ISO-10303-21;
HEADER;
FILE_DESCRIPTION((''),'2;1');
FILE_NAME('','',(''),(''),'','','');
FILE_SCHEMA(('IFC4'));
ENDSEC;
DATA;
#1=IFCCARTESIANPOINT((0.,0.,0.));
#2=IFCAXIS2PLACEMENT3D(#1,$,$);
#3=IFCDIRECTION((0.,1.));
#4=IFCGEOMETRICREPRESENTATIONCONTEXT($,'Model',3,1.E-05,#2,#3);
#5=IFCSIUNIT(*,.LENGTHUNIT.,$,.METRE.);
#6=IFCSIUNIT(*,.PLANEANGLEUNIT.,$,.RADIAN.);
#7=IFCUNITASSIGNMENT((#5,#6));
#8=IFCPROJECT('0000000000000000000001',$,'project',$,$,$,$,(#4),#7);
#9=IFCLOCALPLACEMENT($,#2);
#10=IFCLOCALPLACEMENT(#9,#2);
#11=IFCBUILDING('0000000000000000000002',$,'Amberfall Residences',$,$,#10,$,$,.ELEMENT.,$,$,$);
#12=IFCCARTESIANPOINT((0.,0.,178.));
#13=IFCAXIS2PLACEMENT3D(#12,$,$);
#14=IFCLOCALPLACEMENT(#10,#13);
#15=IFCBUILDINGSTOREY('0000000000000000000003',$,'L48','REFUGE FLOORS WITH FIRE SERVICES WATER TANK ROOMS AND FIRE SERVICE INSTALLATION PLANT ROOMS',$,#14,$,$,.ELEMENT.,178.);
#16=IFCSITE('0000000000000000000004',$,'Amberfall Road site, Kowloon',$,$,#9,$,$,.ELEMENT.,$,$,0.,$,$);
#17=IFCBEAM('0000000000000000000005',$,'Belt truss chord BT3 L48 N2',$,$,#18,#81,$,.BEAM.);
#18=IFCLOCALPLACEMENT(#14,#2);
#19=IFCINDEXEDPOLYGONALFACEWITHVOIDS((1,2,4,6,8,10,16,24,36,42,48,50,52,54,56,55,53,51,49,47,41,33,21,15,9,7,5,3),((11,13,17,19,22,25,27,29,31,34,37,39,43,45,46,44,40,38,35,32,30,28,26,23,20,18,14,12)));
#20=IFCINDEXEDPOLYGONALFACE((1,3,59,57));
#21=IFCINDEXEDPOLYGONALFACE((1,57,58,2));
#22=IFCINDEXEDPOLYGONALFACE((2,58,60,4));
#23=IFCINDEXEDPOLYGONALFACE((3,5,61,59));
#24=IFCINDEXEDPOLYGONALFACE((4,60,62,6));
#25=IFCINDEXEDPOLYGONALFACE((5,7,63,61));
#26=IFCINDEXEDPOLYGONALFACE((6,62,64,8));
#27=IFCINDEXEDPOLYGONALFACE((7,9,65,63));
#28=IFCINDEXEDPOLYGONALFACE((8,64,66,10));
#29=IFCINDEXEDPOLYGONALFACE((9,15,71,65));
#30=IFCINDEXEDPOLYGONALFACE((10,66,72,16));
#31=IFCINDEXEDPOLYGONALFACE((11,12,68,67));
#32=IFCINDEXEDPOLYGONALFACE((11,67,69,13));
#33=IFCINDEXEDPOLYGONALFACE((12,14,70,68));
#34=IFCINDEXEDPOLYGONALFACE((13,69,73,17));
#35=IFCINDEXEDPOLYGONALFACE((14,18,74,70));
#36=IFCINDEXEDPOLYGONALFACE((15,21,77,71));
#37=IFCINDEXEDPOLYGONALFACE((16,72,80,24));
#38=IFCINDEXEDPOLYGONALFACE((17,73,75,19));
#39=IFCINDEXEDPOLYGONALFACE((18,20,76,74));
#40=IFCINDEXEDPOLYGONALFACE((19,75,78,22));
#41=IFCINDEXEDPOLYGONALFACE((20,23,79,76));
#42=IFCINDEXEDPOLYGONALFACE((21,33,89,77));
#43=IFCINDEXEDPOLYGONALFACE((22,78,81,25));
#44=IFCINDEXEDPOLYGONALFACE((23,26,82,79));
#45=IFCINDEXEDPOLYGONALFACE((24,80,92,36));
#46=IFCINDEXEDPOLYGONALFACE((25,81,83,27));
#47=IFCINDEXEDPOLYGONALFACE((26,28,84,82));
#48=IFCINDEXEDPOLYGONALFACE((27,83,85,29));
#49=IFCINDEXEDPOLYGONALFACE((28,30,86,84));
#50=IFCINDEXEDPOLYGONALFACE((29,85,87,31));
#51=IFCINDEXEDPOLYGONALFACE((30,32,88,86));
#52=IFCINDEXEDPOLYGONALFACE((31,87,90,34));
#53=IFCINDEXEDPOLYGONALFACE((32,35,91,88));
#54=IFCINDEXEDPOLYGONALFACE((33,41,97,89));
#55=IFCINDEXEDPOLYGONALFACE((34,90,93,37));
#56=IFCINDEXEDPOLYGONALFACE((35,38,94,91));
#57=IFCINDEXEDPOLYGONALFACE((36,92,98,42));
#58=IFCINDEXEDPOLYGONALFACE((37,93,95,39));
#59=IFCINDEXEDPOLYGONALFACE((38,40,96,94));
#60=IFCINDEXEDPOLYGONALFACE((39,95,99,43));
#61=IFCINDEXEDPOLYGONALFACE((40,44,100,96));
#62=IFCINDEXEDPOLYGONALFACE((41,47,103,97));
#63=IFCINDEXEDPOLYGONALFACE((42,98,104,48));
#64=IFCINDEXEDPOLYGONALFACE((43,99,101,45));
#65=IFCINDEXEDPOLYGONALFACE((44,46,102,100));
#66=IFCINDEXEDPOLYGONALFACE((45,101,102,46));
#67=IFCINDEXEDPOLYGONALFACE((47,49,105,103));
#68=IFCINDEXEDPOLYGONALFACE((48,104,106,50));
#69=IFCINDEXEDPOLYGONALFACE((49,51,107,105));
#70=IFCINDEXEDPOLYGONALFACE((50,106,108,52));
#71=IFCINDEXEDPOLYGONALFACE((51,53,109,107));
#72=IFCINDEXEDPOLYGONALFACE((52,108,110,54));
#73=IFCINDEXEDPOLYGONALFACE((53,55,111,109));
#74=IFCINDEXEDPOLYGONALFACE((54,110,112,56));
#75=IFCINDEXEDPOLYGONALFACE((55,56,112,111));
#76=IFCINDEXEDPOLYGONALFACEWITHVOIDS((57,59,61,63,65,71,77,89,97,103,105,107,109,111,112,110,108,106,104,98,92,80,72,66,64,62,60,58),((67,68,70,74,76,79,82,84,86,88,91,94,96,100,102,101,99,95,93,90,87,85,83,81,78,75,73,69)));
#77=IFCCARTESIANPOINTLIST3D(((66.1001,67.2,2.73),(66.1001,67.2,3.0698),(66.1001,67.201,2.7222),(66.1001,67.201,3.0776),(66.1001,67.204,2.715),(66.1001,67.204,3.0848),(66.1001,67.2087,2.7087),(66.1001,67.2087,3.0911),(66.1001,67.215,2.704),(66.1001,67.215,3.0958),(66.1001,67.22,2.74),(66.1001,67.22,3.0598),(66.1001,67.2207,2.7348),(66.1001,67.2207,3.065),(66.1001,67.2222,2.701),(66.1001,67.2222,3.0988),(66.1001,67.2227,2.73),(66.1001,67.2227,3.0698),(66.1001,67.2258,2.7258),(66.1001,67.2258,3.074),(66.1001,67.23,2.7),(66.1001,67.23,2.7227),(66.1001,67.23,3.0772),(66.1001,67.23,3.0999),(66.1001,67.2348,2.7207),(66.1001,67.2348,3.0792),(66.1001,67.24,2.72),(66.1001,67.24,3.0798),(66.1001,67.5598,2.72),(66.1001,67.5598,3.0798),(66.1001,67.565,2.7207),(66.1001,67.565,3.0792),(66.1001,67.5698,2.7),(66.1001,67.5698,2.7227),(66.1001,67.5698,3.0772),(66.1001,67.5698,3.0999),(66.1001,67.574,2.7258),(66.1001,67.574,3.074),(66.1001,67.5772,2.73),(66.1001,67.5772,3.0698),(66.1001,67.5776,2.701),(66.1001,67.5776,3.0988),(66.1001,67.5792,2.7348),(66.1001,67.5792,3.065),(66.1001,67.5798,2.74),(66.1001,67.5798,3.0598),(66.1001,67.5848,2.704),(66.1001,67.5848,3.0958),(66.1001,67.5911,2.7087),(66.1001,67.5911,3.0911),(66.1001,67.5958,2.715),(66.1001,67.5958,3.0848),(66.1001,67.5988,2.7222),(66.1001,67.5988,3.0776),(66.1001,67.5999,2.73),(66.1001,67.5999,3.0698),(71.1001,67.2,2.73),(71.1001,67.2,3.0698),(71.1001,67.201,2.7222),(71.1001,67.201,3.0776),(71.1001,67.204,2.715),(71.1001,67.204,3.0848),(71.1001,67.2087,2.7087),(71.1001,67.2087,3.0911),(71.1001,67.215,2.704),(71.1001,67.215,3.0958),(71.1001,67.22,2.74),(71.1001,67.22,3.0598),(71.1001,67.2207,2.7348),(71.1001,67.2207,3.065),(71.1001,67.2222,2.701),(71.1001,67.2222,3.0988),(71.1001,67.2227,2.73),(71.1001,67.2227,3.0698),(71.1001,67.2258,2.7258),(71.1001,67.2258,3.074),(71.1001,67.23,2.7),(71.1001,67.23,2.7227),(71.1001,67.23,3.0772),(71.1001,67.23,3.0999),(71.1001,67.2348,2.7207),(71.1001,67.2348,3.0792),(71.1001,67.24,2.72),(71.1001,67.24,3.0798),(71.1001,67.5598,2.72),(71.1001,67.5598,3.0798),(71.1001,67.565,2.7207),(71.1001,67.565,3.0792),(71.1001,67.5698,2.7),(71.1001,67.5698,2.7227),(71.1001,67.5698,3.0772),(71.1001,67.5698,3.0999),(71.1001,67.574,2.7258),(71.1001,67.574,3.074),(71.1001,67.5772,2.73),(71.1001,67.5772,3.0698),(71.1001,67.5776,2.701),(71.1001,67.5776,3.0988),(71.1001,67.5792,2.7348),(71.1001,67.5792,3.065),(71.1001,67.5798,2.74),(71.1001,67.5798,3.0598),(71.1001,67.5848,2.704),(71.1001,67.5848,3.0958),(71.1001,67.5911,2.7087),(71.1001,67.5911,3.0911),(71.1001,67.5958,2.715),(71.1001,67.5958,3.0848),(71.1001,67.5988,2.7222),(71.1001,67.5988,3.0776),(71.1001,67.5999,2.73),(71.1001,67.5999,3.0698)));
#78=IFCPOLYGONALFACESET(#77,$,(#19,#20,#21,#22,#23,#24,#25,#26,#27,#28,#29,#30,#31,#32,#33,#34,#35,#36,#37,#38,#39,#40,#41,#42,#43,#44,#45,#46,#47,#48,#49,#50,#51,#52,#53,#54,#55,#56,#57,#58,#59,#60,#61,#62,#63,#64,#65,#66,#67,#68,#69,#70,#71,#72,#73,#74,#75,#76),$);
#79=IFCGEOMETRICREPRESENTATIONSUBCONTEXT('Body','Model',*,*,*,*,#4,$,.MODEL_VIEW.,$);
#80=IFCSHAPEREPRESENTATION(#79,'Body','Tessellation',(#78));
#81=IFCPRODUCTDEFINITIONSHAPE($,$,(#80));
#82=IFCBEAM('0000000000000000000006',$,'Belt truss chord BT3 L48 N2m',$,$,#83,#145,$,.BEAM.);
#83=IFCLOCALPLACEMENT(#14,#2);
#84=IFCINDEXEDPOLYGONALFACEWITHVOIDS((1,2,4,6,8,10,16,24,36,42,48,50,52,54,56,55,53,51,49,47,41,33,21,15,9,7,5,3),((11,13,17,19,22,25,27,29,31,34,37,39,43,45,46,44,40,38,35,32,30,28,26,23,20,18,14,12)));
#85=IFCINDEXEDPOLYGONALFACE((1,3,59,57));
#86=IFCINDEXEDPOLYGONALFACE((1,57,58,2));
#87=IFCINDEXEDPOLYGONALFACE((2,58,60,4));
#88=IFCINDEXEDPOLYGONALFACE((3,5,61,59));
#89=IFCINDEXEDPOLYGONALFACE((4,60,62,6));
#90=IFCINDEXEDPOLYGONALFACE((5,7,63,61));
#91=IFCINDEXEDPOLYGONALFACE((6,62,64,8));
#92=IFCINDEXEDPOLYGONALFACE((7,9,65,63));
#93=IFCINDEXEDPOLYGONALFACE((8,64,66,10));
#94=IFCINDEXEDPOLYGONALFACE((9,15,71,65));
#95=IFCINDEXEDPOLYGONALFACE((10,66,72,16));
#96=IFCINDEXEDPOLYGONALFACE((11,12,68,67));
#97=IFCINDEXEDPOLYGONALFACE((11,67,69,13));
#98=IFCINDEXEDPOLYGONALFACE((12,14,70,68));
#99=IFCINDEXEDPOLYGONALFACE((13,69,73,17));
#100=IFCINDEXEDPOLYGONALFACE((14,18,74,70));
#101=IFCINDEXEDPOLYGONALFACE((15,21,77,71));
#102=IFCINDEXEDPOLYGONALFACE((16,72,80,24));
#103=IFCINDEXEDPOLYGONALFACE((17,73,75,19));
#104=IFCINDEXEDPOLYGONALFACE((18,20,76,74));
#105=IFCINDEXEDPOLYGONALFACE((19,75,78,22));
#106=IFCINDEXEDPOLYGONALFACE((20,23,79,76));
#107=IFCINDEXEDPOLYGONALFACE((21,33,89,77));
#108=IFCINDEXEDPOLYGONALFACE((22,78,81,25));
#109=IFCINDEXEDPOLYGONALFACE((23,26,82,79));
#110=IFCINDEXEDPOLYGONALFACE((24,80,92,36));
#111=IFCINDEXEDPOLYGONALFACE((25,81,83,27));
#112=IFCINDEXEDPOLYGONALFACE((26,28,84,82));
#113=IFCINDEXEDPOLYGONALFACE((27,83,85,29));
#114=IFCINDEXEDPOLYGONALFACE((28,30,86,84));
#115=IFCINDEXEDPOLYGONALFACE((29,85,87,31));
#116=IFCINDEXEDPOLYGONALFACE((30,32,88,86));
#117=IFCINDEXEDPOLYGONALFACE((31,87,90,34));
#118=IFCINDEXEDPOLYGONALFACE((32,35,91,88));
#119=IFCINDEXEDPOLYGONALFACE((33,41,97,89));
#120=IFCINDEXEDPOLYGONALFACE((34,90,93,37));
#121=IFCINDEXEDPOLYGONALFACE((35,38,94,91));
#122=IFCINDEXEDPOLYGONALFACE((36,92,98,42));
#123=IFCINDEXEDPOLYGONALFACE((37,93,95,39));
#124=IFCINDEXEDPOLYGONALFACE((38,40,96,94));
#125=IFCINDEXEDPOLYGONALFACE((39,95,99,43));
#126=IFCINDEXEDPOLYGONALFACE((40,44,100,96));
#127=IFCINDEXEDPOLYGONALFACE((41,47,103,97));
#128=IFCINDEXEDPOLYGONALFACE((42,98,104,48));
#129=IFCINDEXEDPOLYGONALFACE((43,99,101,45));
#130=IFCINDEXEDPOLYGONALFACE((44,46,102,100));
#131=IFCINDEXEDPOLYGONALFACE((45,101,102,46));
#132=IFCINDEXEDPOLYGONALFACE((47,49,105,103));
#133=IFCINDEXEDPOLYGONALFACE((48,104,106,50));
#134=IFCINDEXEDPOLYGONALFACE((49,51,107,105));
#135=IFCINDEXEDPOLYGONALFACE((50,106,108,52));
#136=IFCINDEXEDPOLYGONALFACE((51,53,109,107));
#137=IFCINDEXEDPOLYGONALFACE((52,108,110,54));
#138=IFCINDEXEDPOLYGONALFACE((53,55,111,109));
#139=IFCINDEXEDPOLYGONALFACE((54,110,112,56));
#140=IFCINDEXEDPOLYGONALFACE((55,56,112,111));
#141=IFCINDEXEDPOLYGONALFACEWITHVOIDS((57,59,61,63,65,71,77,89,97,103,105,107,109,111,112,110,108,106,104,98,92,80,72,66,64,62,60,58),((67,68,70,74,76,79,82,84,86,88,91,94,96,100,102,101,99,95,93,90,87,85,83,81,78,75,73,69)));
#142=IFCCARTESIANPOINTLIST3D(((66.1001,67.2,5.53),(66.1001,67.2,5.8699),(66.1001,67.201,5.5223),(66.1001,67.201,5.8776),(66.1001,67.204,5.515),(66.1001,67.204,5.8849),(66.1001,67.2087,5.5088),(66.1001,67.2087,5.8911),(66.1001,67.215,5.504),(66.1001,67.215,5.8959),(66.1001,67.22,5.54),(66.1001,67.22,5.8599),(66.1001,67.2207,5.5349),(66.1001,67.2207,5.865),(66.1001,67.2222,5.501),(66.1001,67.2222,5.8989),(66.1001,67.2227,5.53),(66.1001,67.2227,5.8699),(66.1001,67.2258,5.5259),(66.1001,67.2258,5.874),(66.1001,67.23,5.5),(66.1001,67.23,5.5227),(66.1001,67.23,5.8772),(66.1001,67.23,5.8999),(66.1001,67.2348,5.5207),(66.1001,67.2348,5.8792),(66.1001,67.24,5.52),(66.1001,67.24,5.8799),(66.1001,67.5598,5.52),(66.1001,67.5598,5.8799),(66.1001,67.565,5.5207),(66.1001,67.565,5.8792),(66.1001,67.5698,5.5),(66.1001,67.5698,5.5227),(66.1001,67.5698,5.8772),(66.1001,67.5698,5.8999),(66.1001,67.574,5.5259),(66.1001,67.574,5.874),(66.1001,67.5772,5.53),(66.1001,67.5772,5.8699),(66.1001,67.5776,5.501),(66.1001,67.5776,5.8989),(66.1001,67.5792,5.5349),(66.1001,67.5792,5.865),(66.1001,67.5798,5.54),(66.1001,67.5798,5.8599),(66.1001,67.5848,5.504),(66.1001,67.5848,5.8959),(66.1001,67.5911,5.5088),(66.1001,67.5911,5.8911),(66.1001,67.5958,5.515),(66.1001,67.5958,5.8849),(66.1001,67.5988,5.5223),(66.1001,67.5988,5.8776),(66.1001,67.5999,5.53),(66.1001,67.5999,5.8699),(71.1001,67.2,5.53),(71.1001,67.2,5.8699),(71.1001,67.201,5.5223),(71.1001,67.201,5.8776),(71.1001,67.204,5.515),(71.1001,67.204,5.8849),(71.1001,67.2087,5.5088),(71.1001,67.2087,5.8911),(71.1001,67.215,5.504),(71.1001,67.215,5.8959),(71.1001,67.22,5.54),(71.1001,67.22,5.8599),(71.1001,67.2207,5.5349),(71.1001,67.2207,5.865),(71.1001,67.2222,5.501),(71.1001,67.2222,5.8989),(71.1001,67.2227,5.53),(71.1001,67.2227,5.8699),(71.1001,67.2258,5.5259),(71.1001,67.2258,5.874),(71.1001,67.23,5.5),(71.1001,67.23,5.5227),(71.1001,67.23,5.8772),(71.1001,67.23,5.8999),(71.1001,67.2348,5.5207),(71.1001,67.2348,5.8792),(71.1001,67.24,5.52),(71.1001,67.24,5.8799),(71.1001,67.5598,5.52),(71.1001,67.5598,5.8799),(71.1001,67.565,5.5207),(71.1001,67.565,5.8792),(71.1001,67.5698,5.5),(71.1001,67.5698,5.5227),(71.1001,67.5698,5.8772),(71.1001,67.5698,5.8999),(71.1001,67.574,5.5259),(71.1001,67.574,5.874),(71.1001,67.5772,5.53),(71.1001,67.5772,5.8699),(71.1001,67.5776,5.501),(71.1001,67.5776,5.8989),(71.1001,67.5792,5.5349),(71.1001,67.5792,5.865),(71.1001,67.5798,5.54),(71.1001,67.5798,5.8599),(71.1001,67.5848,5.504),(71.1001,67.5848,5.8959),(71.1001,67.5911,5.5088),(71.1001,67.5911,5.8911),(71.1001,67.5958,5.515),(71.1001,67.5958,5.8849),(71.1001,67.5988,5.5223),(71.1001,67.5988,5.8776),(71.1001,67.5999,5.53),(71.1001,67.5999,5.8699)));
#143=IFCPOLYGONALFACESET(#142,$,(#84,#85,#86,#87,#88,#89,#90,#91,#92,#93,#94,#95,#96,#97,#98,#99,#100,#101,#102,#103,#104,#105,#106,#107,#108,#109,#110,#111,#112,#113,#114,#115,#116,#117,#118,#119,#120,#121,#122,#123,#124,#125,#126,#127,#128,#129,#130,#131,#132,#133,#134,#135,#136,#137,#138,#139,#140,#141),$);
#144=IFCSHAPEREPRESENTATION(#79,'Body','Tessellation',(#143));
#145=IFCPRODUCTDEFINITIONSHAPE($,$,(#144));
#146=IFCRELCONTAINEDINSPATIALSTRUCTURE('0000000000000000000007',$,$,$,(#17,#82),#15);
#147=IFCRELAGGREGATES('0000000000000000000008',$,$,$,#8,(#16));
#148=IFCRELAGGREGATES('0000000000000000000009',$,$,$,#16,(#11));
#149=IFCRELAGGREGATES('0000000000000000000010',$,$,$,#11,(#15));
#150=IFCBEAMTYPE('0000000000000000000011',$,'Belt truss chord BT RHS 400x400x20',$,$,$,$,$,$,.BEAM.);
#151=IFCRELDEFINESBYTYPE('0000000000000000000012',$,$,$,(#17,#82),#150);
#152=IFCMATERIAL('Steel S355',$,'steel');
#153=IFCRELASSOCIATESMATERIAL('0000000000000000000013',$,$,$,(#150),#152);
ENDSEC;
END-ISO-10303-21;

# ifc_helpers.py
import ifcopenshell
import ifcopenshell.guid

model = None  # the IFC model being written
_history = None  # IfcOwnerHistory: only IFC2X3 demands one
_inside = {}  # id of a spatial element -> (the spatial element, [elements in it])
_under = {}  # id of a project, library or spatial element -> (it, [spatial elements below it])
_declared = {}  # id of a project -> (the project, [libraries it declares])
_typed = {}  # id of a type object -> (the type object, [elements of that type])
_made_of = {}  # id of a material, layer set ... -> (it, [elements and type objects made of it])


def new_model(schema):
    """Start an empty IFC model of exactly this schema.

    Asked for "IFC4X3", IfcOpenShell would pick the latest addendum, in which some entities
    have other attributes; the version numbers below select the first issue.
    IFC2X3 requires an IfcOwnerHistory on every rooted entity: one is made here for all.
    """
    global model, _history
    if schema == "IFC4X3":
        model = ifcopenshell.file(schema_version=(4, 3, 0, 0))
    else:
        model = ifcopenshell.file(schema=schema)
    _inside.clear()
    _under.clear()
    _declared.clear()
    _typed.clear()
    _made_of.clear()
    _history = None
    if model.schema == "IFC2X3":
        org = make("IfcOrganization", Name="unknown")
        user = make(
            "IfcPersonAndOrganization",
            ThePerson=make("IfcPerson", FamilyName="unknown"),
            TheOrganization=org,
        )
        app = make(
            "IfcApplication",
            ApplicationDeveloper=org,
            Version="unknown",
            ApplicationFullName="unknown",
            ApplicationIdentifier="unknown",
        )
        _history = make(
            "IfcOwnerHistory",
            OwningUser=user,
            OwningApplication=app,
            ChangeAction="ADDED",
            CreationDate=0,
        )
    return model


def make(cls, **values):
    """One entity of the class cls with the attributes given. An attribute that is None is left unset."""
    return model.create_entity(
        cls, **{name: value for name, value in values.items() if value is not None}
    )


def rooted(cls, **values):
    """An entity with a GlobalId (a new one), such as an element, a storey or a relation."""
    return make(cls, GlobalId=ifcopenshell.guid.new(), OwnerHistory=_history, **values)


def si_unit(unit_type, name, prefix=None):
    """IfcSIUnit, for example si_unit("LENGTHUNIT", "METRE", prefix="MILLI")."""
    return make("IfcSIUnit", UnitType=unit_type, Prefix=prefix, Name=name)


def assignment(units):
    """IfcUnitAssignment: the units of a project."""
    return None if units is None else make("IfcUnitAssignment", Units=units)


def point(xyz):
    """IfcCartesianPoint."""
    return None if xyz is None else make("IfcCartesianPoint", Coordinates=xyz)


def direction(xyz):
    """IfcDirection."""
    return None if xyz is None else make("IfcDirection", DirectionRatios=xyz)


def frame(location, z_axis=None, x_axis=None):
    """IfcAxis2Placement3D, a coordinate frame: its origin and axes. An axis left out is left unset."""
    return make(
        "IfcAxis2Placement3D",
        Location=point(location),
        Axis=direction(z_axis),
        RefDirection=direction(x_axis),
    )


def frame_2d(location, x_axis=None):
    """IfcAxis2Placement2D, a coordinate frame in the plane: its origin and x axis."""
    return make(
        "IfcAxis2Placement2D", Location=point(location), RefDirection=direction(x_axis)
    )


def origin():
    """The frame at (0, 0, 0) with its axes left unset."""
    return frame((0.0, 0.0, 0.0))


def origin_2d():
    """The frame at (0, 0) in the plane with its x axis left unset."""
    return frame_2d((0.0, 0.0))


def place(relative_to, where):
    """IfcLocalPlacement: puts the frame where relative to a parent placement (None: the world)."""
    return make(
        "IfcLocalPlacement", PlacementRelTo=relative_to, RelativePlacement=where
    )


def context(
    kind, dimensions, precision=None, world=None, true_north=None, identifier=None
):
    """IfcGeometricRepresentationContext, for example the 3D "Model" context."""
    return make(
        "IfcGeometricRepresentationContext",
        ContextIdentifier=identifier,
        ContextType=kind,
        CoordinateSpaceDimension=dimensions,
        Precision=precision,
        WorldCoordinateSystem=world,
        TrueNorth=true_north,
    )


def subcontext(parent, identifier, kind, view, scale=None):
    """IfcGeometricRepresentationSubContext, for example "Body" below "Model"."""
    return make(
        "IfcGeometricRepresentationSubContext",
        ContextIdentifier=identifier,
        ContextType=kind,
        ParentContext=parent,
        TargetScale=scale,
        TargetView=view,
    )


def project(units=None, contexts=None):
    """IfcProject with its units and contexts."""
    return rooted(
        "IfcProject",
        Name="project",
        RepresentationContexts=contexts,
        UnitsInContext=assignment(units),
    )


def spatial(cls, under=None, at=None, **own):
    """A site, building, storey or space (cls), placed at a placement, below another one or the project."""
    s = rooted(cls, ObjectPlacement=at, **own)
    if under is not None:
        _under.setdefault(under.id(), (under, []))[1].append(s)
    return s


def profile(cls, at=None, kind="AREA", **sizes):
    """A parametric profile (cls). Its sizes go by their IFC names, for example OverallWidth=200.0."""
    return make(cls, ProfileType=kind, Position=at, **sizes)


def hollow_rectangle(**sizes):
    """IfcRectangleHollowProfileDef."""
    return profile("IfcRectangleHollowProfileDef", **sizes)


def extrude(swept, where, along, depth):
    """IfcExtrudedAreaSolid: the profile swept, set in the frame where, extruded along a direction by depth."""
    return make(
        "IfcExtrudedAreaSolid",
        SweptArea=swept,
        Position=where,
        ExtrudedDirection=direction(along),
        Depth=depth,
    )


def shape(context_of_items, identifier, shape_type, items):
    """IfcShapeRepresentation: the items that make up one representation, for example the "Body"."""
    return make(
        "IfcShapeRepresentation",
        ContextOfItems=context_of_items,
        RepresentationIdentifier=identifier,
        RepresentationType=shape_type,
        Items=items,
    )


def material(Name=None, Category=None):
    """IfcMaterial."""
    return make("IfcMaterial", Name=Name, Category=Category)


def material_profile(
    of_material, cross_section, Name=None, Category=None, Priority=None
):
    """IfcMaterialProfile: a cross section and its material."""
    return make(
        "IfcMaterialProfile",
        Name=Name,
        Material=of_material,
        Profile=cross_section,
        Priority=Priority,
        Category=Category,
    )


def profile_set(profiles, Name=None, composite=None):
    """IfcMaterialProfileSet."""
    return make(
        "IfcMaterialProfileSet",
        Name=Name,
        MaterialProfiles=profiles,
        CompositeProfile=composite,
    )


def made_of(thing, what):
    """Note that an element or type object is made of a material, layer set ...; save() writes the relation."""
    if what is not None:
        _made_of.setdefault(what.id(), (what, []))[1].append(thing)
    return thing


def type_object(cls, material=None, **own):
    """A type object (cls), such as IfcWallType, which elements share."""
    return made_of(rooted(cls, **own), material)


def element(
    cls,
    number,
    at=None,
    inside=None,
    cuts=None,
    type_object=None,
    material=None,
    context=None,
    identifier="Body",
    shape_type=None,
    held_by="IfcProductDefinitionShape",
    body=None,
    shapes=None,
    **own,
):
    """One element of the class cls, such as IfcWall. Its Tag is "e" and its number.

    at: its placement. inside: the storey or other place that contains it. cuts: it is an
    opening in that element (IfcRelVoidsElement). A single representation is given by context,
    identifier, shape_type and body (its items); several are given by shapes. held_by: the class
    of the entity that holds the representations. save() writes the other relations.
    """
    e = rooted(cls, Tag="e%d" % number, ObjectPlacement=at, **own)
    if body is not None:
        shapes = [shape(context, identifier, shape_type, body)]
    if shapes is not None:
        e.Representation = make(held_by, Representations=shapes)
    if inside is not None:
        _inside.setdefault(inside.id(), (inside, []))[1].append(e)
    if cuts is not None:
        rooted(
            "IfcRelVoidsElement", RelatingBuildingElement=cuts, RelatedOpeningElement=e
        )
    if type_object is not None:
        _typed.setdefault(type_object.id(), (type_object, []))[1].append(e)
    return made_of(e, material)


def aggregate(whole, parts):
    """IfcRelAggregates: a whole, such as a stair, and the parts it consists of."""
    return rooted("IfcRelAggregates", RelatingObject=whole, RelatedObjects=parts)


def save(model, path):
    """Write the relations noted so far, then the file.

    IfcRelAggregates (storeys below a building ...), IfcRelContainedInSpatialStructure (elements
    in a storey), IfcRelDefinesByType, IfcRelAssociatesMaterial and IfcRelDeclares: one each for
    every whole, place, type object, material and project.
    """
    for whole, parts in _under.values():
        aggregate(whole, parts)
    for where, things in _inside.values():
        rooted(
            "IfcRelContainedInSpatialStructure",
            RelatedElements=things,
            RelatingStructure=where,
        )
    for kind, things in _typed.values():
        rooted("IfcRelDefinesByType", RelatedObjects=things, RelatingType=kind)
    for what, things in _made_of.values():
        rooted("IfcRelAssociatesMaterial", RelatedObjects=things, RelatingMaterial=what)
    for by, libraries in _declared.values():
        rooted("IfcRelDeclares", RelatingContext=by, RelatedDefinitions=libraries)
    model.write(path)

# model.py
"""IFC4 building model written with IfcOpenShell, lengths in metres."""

from ifc_helpers import new_model, si_unit, direction, frame, origin, origin_2d, place, context, subcontext, project, spatial, hollow_rectangle, extrude, material, material_profile, profile_set, type_object, element, save


model = new_model("IFC4")

# Units and contexts
model_context = context("Model", 3, precision=1e-05, world=origin(), true_north=direction((0.0, 1.0)))
body_context = subcontext(model_context, "Body", "Model", "MODEL_VIEW")
ifc_project = project(units=[si_unit("LENGTHUNIT", "METRE"), si_unit("PLANEANGLEUNIT", "RADIAN")], contexts=[model_context])

# Site, building, storey
site_placement = place(None, origin())
site = spatial("IfcSite", under=ifc_project, at=site_placement, Name="Amberfall Road site, Kowloon", CompositionType="ELEMENT", RefElevation=0.0)
building_placement = place(site_placement, origin())
building = spatial("IfcBuilding", under=site, at=building_placement, Name="Amberfall Residences", CompositionType="ELEMENT")
storey_placement = place(building_placement, frame((0.0, 0.0, 178.0)))
storey = spatial("IfcBuildingStorey", under=building, at=storey_placement, Name="L48", Description="REFUGE FLOORS WITH FIRE SERVICES WATER TANK ROOMS AND FIRE SERVICE INSTALLATION PLANT ROOMS", CompositionType="ELEMENT", Elevation=178.0)

# Beams
ifc_material_1 = material(Name="Steel S355", Category="steel")
ifc_material_profile_1 = material_profile(ifc_material_1, hollow_rectangle(XDim=0.3999, YDim=0.3999, WallThickness=0.02, InnerFilletRadius=0.02, OuterFilletRadius=0.03, at=origin_2d()), Name="RHS 400x400x20")
ifc_profile_set_1 = profile_set([ifc_material_profile_1], Name="Steel S355")
beam_type_1 = type_object("IfcBeamType", Name="Belt truss chord BT RHS 400x400x20", PredefinedType="BEAM", material=ifc_profile_set_1)
for number, where, z_axis, x_axis, name in (
    (1, (66.1001, 67.3999, 2.8999), (1.0, 0.0, 0.0), (0.0, 1.0, 0.0), "Belt truss chord BT3 L48 N2"),
    (2, (66.1001, 67.3999, 5.7), (1.0, 0.0, 0.0), (0.0, 1.0, 0.0), "Belt truss chord BT3 L48 N2m"),
):
    element("IfcBeam", number, at=place(storey_placement, frame(where, z_axis=z_axis, x_axis=x_axis)), inside=storey, type_object=beam_type_1, Name=name, PredefinedType="BEAM", context=body_context, shape_type="SweptSolid", body=[
        extrude(hollow_rectangle(XDim=0.3999, YDim=0.3999, WallThickness=0.02, InnerFilletRadius=0.02, OuterFilletRadius=0.03, at=origin_2d()), origin(), (0.0, 0.0, 1.0), 5.0),
    ])

save(model, "model.ifc")
